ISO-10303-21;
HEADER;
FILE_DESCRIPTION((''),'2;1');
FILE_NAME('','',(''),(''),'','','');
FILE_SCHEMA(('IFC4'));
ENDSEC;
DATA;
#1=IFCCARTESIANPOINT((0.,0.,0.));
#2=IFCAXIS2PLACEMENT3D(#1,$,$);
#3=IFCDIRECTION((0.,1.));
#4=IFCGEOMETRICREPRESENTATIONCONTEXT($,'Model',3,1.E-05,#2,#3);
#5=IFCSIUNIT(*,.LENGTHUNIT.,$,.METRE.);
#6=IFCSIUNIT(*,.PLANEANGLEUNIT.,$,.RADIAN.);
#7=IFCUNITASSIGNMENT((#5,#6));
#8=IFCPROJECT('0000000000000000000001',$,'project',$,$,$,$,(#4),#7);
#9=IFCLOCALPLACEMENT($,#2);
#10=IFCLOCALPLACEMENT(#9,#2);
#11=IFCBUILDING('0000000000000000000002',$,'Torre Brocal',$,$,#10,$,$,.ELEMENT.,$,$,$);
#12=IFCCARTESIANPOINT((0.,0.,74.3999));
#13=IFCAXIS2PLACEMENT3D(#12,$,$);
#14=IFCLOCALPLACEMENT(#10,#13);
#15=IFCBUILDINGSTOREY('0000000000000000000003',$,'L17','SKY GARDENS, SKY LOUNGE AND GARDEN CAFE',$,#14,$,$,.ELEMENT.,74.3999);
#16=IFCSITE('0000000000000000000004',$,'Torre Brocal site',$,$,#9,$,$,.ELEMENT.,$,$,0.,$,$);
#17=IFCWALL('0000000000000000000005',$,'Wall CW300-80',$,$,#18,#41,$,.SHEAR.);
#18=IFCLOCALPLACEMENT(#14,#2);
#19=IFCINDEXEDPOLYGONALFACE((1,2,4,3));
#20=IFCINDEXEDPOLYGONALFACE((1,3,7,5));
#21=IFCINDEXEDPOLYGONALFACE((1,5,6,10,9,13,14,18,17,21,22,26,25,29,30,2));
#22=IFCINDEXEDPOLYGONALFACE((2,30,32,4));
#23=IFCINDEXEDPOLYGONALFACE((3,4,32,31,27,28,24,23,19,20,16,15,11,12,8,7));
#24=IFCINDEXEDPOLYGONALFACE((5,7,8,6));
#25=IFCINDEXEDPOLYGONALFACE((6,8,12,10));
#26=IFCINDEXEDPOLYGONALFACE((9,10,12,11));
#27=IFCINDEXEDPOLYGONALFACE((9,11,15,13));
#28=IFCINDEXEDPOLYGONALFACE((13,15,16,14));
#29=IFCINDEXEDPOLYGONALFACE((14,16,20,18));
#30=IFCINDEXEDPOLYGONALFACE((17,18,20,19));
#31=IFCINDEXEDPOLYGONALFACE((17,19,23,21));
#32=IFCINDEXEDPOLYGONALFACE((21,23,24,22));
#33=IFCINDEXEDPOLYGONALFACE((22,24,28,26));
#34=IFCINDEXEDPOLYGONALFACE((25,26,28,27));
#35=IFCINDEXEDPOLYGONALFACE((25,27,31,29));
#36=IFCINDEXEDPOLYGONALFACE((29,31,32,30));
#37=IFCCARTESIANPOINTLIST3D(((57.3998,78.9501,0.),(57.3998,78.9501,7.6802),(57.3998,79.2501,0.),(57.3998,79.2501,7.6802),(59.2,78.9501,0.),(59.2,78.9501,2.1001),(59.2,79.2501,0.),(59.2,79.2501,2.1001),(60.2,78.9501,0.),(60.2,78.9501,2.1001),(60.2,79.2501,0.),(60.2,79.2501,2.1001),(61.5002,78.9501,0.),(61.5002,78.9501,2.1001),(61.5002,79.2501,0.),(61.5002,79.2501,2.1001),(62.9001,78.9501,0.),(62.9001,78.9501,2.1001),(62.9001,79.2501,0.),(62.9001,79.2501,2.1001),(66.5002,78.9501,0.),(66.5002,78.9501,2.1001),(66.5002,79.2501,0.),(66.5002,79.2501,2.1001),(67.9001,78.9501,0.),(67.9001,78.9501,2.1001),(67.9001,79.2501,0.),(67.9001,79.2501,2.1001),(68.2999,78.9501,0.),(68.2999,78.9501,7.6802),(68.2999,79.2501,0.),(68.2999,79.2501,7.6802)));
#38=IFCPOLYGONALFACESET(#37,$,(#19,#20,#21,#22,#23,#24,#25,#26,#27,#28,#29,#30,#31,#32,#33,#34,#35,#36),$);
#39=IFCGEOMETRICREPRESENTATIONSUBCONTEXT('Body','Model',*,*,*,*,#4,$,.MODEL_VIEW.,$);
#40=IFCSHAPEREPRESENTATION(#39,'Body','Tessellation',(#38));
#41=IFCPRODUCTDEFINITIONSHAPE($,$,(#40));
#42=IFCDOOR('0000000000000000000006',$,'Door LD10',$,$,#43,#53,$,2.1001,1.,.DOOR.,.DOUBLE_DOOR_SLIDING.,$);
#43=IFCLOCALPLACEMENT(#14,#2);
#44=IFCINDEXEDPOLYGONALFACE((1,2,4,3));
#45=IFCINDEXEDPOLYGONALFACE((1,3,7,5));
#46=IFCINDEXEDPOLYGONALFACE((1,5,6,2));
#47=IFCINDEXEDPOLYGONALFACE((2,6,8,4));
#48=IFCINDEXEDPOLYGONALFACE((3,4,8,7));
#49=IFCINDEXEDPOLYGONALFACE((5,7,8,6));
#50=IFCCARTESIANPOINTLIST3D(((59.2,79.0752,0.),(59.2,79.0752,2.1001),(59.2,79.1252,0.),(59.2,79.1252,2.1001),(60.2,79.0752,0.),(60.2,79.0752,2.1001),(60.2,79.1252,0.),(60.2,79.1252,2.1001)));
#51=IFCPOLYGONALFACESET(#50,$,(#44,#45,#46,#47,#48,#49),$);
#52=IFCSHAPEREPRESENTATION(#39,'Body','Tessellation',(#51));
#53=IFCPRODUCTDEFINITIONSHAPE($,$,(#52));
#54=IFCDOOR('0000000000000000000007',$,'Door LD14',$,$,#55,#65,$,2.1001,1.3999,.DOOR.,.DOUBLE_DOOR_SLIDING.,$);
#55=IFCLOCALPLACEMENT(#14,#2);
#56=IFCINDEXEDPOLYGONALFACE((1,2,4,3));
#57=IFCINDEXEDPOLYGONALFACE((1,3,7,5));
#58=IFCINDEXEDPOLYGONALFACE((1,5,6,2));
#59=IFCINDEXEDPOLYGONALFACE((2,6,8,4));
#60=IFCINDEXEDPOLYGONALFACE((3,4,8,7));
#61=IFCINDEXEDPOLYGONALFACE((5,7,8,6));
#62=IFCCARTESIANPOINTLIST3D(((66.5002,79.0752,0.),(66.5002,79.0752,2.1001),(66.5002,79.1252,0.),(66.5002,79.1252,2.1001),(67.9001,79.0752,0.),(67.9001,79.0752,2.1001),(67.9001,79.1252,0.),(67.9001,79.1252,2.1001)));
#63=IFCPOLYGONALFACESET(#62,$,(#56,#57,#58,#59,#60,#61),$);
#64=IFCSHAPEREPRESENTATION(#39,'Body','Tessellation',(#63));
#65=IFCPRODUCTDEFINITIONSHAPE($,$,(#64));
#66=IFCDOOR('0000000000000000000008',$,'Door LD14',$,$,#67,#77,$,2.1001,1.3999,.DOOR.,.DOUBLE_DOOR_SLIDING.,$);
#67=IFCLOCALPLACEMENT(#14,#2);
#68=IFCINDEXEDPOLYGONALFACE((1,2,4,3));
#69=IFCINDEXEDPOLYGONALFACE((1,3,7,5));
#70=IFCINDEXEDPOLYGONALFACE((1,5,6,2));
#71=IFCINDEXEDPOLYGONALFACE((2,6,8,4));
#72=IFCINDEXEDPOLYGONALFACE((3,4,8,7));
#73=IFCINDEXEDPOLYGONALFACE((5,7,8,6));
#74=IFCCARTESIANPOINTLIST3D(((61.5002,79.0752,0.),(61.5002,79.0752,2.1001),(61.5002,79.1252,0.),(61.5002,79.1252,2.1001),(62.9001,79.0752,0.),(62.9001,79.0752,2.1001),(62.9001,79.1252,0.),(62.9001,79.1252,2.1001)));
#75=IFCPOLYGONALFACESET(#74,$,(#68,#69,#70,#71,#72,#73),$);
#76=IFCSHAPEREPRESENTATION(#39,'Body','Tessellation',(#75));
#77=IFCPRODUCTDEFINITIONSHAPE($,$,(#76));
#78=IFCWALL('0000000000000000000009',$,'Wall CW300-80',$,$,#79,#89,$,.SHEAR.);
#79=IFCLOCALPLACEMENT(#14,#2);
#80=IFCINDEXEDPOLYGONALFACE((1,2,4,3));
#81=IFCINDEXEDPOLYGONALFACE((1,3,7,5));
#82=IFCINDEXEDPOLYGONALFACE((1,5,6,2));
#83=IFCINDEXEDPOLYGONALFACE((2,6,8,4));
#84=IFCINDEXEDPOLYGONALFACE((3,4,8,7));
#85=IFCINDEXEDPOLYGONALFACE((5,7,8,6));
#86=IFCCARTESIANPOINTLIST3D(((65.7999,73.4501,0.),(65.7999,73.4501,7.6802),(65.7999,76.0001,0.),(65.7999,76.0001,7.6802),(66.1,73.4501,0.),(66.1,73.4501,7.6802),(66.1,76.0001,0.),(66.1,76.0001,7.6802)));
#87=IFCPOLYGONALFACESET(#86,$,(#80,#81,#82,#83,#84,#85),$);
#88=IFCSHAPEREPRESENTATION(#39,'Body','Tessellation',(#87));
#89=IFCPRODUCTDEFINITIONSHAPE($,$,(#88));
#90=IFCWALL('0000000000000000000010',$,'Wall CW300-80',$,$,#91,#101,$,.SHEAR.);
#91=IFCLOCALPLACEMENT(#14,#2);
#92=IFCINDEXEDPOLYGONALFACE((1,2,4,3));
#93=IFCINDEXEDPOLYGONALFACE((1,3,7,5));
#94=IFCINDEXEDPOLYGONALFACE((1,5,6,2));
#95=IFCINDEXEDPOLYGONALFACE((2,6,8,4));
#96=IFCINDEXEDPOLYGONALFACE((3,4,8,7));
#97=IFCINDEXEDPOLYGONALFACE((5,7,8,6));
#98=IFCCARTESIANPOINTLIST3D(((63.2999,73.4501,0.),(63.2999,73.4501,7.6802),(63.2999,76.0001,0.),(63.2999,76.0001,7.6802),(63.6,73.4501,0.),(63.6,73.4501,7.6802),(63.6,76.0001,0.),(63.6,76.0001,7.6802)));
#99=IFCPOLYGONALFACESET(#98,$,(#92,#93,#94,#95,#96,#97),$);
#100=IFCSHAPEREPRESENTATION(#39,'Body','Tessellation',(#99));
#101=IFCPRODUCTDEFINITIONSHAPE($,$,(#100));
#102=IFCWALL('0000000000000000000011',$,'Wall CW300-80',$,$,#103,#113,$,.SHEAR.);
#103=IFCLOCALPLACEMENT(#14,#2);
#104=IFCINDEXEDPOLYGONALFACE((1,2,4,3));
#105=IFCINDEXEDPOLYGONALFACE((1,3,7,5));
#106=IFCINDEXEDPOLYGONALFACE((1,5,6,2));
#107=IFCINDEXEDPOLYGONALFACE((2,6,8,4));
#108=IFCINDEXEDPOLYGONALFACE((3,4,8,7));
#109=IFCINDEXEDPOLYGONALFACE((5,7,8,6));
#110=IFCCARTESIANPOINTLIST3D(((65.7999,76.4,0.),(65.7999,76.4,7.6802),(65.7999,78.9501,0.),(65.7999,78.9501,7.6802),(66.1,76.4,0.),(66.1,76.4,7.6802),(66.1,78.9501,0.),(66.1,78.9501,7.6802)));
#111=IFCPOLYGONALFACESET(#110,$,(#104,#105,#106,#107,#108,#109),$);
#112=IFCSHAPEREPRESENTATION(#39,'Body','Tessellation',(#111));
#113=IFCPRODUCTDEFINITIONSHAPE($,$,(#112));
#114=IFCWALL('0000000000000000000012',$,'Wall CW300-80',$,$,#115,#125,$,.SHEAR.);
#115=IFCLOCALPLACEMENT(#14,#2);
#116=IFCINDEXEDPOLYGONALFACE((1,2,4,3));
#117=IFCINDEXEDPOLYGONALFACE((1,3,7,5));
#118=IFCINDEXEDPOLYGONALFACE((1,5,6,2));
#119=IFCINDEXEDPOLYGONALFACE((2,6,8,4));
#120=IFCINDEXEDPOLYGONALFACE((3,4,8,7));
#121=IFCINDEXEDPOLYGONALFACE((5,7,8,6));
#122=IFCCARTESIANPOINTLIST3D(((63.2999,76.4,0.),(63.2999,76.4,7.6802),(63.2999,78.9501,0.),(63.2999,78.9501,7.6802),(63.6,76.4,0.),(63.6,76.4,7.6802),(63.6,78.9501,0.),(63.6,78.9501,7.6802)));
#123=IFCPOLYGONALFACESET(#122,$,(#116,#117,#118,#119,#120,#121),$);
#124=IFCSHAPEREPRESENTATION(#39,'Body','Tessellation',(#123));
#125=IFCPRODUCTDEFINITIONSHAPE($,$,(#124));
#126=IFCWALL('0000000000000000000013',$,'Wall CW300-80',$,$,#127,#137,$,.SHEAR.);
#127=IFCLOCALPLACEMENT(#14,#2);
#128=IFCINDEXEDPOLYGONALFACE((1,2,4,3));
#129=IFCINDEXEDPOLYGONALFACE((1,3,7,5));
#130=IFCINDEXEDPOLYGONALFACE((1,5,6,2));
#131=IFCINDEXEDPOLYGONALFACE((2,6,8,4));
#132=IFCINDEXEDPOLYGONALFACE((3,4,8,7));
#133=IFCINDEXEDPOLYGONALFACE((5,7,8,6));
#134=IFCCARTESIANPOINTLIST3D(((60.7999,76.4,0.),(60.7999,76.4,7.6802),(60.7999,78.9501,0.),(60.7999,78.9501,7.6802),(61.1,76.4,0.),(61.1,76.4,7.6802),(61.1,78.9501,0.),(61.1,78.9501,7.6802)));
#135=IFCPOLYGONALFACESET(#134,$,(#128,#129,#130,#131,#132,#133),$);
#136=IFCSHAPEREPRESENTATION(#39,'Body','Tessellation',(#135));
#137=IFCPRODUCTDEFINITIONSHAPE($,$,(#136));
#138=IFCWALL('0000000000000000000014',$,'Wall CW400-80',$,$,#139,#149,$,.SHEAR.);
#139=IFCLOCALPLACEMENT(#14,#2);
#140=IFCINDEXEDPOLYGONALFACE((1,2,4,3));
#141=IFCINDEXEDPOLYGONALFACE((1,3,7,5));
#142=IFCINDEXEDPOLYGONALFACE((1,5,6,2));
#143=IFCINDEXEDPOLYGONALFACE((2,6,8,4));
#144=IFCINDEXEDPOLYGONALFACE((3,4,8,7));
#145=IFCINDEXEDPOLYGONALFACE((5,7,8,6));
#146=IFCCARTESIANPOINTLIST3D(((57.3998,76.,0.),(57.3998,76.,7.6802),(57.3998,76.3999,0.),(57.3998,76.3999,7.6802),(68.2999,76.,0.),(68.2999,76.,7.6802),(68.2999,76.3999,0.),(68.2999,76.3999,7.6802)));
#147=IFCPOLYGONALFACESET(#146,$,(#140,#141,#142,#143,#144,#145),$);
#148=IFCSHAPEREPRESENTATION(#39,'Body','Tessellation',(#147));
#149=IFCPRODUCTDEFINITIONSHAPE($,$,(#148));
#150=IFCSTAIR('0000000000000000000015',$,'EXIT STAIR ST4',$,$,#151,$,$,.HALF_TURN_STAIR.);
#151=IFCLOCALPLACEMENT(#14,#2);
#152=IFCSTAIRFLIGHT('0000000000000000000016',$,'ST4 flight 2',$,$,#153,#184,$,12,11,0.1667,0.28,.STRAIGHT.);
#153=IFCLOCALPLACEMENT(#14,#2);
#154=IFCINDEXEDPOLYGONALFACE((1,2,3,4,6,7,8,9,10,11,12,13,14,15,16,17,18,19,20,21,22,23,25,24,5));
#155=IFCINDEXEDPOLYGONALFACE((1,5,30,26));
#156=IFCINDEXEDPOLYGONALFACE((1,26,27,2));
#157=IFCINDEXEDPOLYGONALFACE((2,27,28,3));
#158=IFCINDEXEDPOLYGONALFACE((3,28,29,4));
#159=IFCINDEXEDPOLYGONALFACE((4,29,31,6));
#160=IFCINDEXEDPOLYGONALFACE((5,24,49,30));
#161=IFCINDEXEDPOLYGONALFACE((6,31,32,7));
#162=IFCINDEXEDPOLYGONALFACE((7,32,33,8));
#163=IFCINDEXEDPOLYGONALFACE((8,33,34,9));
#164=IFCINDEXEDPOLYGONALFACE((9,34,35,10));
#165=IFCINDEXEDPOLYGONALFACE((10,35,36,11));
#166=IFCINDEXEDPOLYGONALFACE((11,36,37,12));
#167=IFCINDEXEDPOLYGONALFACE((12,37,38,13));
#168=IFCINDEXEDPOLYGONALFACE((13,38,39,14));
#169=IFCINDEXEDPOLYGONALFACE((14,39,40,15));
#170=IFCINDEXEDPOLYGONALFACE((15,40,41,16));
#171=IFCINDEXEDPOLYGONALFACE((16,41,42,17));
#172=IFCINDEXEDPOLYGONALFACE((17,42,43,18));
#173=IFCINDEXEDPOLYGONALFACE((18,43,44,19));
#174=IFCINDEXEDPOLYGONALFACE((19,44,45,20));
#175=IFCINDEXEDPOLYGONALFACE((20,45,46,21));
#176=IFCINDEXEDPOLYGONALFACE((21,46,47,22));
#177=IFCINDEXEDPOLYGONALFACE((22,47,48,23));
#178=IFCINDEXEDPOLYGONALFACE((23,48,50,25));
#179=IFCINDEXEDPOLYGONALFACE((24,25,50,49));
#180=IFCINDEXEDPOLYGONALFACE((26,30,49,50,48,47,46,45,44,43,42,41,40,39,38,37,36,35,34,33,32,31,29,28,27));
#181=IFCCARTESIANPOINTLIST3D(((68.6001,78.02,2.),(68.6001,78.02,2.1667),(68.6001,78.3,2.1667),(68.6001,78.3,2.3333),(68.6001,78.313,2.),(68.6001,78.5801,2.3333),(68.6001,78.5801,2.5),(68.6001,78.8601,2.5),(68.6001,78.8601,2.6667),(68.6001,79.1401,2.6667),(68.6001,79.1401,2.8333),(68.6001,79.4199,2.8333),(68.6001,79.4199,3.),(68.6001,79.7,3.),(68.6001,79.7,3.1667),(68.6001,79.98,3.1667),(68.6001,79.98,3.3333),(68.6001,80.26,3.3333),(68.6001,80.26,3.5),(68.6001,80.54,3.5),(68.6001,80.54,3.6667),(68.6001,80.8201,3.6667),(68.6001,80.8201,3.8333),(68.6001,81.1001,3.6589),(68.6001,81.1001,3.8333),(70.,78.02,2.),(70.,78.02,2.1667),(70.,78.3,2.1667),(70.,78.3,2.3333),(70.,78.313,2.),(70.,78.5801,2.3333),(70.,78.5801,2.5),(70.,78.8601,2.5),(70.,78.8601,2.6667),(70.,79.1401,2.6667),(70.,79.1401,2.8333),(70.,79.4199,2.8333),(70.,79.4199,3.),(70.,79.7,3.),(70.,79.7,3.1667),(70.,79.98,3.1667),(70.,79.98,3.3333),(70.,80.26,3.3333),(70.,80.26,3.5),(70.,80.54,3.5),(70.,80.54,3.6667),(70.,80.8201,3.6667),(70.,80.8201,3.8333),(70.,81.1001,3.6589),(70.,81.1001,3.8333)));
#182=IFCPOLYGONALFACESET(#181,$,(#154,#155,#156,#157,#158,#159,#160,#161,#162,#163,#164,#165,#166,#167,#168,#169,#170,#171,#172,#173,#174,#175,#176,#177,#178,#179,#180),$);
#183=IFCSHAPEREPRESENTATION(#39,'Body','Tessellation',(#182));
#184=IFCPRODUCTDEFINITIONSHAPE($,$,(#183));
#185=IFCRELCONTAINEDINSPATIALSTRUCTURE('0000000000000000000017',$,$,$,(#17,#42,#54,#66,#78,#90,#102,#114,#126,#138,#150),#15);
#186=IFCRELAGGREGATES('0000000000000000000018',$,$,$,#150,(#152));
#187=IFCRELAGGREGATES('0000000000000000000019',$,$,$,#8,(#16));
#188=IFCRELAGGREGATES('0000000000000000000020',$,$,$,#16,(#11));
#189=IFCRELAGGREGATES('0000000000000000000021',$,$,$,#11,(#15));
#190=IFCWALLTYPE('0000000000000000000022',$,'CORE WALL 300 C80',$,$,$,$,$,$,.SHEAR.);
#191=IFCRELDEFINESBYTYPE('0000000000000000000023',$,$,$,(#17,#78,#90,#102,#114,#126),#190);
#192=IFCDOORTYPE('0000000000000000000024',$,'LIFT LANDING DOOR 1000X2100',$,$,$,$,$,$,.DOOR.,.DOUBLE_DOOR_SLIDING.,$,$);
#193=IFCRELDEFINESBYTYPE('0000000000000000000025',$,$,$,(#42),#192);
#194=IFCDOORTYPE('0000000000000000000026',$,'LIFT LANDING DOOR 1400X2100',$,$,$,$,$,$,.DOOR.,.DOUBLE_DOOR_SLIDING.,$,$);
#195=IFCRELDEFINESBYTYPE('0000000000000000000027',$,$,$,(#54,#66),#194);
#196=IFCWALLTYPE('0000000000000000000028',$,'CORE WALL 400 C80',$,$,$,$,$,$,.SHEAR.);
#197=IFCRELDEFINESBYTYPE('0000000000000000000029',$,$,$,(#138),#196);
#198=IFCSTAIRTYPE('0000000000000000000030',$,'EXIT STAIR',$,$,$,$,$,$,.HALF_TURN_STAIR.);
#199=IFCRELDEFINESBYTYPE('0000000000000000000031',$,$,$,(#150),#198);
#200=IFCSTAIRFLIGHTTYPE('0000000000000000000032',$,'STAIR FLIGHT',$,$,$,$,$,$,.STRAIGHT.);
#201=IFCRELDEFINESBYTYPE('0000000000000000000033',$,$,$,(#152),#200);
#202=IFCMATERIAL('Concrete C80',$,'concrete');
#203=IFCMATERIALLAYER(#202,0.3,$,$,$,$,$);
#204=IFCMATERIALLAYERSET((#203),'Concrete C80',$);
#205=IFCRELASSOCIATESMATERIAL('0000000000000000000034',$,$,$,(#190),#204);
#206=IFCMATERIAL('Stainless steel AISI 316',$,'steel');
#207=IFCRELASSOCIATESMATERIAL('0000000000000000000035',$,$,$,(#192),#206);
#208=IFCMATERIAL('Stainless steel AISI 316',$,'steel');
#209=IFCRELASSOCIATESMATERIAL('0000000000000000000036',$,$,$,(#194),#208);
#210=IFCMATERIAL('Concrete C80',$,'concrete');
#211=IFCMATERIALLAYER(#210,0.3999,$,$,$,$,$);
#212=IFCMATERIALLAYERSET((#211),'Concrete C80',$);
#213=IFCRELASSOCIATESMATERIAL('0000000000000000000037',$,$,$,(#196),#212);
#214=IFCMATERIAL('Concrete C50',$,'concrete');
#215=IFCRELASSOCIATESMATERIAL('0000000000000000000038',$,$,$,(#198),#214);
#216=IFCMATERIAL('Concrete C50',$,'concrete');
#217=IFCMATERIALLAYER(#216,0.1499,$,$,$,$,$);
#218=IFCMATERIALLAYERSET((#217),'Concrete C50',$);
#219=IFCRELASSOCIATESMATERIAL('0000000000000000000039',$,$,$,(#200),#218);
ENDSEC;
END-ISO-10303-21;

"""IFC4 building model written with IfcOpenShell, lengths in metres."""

from ifc_helpers import new_model, si_unit, direction, frame, frame_2d, origin, place, context, subcontext, project, spatial, polyline, rectangle, outline, extrude, material, layer, layer_set, type_object, element, fill, aggregate, save


model = new_model("IFC4")

# Units and contexts
model_context = context("Model", 3, precision=1e-05, world=origin(), true_north=direction((0.0, 1.0)))
body_context = subcontext(model_context, "Body", "Model", "MODEL_VIEW")
ifc_project = project(units=[si_unit("LENGTHUNIT", "METRE"), si_unit("PLANEANGLEUNIT", "RADIAN")], contexts=[model_context])

# Site, building, storey
site_placement = place(None, origin())
site = spatial("IfcSite", under=ifc_project, at=site_placement, Name="Torre Brocal site", CompositionType="ELEMENT", RefElevation=0.0)
building_placement = place(site_placement, origin())
building = spatial("IfcBuilding", under=site, at=building_placement, Name="Torre Brocal", CompositionType="ELEMENT")
storey_placement = place(building_placement, frame((0.0, 0.0, 74.3999)))
storey = spatial("IfcBuildingStorey", under=building, at=storey_placement, Name="L17", Description="SKY GARDENS, SKY LOUNGE AND GARDEN CAFE", CompositionType="ELEMENT", Elevation=74.3999)

# Shared definitions
ifc_material_1 = material(Name="Concrete C80", Category="concrete")
ifc_layer_1 = layer(ifc_material_1, 0.3)
ifc_layer_set_1 = layer_set([ifc_layer_1], Name="Concrete C80")
wall_type_1 = type_object("IfcWallType", Name="CORE WALL 300 C80", PredefinedType="SHEAR", material=ifc_layer_set_1)

# Wall, openings, doors
ifc_material_2 = material(Name="Stainless steel AISI 316", Category="steel")
door_type_1 = type_object("IfcDoorType", Name="LIFT LANDING DOOR 1000X2100", OperationType="DOUBLE_DOOR_SLIDING", PredefinedType="DOOR", material=ifc_material_2)
wall_1_placement = place(storey_placement, frame((68.3, 79.1001, 0.0), z_axis=(0.0, 0.0, 1.0), x_axis=(-1.0, 0.0, 0.0)))
wall_1 = element("IfcWall", 1, at=wall_1_placement, inside=storey, type_object=wall_type_1, Name="Wall CW300-80", PredefinedType="SHEAR", context=body_context, shape_type="SweptSolid", body=[
    extrude(rectangle(XDim=10.9001, YDim=0.3, at=frame_2d((5.4502, 0.0))), origin(), (0.0, 0.0, 1.0), 7.6802),
])
opening_1_placement = place(wall_1_placement, frame((0.3999, 0.0, 0.0)))
opening_1 = element("IfcOpeningElement", 2, at=opening_1_placement, cuts=wall_1, PredefinedType="OPENING", context=body_context, shape_type="SweptSolid", body=[
    extrude(rectangle(XDim=1.3999, YDim=2.1001, at=frame_2d((0.7, 1.05))), frame((0.0, 0.1599, 0.0), z_axis=(0.0, -1.0, 0.0), x_axis=(1.0, 0.0, 0.0)), (0.0, 0.0, 1.0), 0.3201),
])
opening_2_placement = place(wall_1_placement, frame((5.3999, 0.0, 0.0)))
opening_2 = element("IfcOpeningElement", 3, at=opening_2_placement, cuts=wall_1, PredefinedType="OPENING", context=body_context, shape_type="SweptSolid", body=[
    extrude(rectangle(XDim=1.3999, YDim=2.1001, at=frame_2d((0.7, 1.05))), frame((0.0, 0.1599, 0.0), z_axis=(0.0, -1.0, 0.0), x_axis=(1.0, 0.0, 0.0)), (0.0, 0.0, 1.0), 0.3201),
])
opening_3_placement = place(wall_1_placement, frame((8.1001, 0.0, 0.0)))
opening_3 = element("IfcOpeningElement", 4, at=opening_3_placement, cuts=wall_1, PredefinedType="OPENING", context=body_context, shape_type="SweptSolid", body=[
    extrude(rectangle(XDim=1.0, YDim=2.1001, at=frame_2d((0.5, 1.05))), frame((0.0, 0.1599, 0.0), z_axis=(0.0, -1.0, 0.0), x_axis=(1.0, 0.0, 0.0)), (0.0, 0.0, 1.0), 0.3201),
])
door_1_placement = place(opening_3_placement, origin())
door_1 = element("IfcDoor", 5, at=door_1_placement, inside=storey, type_object=door_type_1, Name="Door LD10", OperationType="DOUBLE_DOOR_SLIDING", OverallHeight=2.1001, OverallWidth=1.0, PredefinedType="DOOR", context=body_context, shape_type="SweptSolid", body=[
    extrude(rectangle(XDim=1.0, YDim=2.1001, at=frame_2d((0.5, 1.05))), frame((0.0, 0.0249, 0.0), z_axis=(0.0, -1.0, 0.0), x_axis=(1.0, 0.0, 0.0)), (0.0, 0.0, 1.0), 0.05),
])
fill(opening_3, door_1)
ifc_material_3 = material(Name="Stainless steel AISI 316", Category="steel")
door_type_2 = type_object("IfcDoorType", Name="LIFT LANDING DOOR 1400X2100", OperationType="DOUBLE_DOOR_SLIDING", PredefinedType="DOOR", material=ifc_material_3)
door_2_placement = place(opening_1_placement, origin())
door_2 = element("IfcDoor", 6, at=door_2_placement, inside=storey, type_object=door_type_2, Name="Door LD14", OperationType="DOUBLE_DOOR_SLIDING", OverallHeight=2.1001, OverallWidth=1.3999, PredefinedType="DOOR", context=body_context, shape_type="SweptSolid", body=[
    extrude(rectangle(XDim=1.3999, YDim=2.1001, at=frame_2d((0.7, 1.05))), frame((0.0, 0.0249, 0.0), z_axis=(0.0, -1.0, 0.0), x_axis=(1.0, 0.0, 0.0)), (0.0, 0.0, 1.0), 0.05),
])
fill(opening_1, door_2)
door_3_placement = place(opening_2_placement, origin())
door_3 = element("IfcDoor", 7, at=door_3_placement, inside=storey, type_object=door_type_2, Name="Door LD14", OperationType="DOUBLE_DOOR_SLIDING", OverallHeight=2.1001, OverallWidth=1.3999, PredefinedType="DOOR", context=body_context, shape_type="SweptSolid", body=[
    extrude(rectangle(XDim=1.3999, YDim=2.1001, at=frame_2d((0.7, 1.05))), frame((0.0, 0.0249, 0.0), z_axis=(0.0, -1.0, 0.0), x_axis=(1.0, 0.0, 0.0)), (0.0, 0.0, 1.0), 0.05),
])
fill(opening_2, door_3)

# Walls
for number, where, z_axis, x_axis, name in (
    (8, (65.95, 76.0, 0.0), (0.0, 0.0, 1.0), (0.0, -1.0, 0.0), "Wall CW300-80"),
    (9, (63.45, 76.0, 0.0), (0.0, 0.0, 1.0), (0.0, -1.0, 0.0), "Wall CW300-80"),
    (10, (65.95, 78.95, 0.0), (0.0, 0.0, 1.0), (0.0, -1.0, 0.0), "Wall CW300-80"),
    (11, (63.45, 78.95, 0.0), (0.0, 0.0, 1.0), (0.0, -1.0, 0.0), "Wall CW300-80"),
    (12, (60.95, 78.95, 0.0), (0.0, 0.0, 1.0), (0.0, -1.0, 0.0), "Wall CW300-80"),
):
    element("IfcWall", number, at=place(storey_placement, frame(where, z_axis=z_axis, x_axis=x_axis)), inside=storey, type_object=wall_type_1, Name=name, PredefinedType="SHEAR", context=body_context, shape_type="SweptSolid", body=[
        extrude(rectangle(XDim=2.55, YDim=0.3, at=frame_2d((1.2749, 0.0))), origin(), (0.0, 0.0, 1.0), 7.6802),
    ])
ifc_material_4 = material(Name="Concrete C80", Category="concrete")
ifc_layer_2 = layer(ifc_material_4, 0.3999)
ifc_layer_set_2 = layer_set([ifc_layer_2], Name="Concrete C80")
wall_type_2 = type_object("IfcWallType", Name="CORE WALL 400 C80", PredefinedType="SHEAR", material=ifc_layer_set_2)
wall_2_placement = place(storey_placement, frame((68.3, 76.2, 0.0), z_axis=(0.0, 0.0, 1.0), x_axis=(-1.0, 0.0, 0.0)))
element("IfcWall", 13, at=wall_2_placement, inside=storey, type_object=wall_type_2, Name="Wall CW400-80", PredefinedType="SHEAR", context=body_context, shape_type="SweptSolid", body=[
    extrude(rectangle(XDim=10.9001, YDim=0.3999, at=frame_2d((5.4502, 0.0))), origin(), (0.0, 0.0, 1.0), 7.6802),
])

# Stair, stair flight
ifc_material_5 = material(Name="Concrete C50", Category="concrete")
stair_type = type_object("IfcStairType", Name="EXIT STAIR", PredefinedType="HALF_TURN_STAIR", material=ifc_material_5)
stair_placement = place(storey_placement, origin())
stair = element("IfcStair", 14, at=stair_placement, inside=storey, type_object=stair_type, Name="EXIT STAIR ST4", PredefinedType="HALF_TURN_STAIR")
ifc_material_6 = material(Name="Concrete C50", Category="concrete")
ifc_layer_3 = layer(ifc_material_6, 0.1499)
ifc_layer_set_3 = layer_set([ifc_layer_3], Name="Concrete C50")
stair_flight_type = type_object("IfcStairFlightType", Name="STAIR FLIGHT", PredefinedType="STRAIGHT", material=ifc_layer_set_3)
stair_flight_1_placement = place(storey_placement, frame((69.3, 78.02, 2.0), z_axis=(0.0, 0.0, 1.0), x_axis=(0.0, 1.0, 0.0)))
stair_flight_1 = element("IfcStairFlight", 15, at=stair_flight_1_placement, type_object=stair_flight_type, Name="ST4 flight 2", NumberOfRisers=12, NumberOfTreads=11, PredefinedType="STRAIGHT", RiserHeight=0.1667, TreadLength=0.28, context=body_context, shape_type="SweptSolid", body=[
    extrude(outline(polyline([(0.0, 0.0), (0.0, 0.1667), (0.28, 0.1667), (0.28, 0.3333), (0.5601, 0.3333), (0.5601, 0.5), (0.8401, 0.5), (0.8401, 0.6667), (1.1201, 0.6667), (1.1201, 0.8333), (1.3999, 0.8333), (1.3999, 1.0), (1.6799, 1.0), (1.6799, 1.1667), (1.96, 1.1667), (1.96, 1.3333), (2.24, 1.3333), (2.24, 1.5), (2.52, 1.5), (2.52, 1.6667), (2.8, 1.6667), (2.8, 1.8333), (3.0801, 1.8333), (3.0801, 2.0), (3.0801, 1.6589), (0.293, 0.0), (0.0, 0.0)])), frame((0.0, 0.7, 0.0), z_axis=(0.0, -1.0, 0.0), x_axis=(1.0, 0.0, 0.0)), (0.0, 0.0, 1.0), 1.3999),
])
aggregate(stair, [stair_flight_1])

save(model, "model.ifc")
